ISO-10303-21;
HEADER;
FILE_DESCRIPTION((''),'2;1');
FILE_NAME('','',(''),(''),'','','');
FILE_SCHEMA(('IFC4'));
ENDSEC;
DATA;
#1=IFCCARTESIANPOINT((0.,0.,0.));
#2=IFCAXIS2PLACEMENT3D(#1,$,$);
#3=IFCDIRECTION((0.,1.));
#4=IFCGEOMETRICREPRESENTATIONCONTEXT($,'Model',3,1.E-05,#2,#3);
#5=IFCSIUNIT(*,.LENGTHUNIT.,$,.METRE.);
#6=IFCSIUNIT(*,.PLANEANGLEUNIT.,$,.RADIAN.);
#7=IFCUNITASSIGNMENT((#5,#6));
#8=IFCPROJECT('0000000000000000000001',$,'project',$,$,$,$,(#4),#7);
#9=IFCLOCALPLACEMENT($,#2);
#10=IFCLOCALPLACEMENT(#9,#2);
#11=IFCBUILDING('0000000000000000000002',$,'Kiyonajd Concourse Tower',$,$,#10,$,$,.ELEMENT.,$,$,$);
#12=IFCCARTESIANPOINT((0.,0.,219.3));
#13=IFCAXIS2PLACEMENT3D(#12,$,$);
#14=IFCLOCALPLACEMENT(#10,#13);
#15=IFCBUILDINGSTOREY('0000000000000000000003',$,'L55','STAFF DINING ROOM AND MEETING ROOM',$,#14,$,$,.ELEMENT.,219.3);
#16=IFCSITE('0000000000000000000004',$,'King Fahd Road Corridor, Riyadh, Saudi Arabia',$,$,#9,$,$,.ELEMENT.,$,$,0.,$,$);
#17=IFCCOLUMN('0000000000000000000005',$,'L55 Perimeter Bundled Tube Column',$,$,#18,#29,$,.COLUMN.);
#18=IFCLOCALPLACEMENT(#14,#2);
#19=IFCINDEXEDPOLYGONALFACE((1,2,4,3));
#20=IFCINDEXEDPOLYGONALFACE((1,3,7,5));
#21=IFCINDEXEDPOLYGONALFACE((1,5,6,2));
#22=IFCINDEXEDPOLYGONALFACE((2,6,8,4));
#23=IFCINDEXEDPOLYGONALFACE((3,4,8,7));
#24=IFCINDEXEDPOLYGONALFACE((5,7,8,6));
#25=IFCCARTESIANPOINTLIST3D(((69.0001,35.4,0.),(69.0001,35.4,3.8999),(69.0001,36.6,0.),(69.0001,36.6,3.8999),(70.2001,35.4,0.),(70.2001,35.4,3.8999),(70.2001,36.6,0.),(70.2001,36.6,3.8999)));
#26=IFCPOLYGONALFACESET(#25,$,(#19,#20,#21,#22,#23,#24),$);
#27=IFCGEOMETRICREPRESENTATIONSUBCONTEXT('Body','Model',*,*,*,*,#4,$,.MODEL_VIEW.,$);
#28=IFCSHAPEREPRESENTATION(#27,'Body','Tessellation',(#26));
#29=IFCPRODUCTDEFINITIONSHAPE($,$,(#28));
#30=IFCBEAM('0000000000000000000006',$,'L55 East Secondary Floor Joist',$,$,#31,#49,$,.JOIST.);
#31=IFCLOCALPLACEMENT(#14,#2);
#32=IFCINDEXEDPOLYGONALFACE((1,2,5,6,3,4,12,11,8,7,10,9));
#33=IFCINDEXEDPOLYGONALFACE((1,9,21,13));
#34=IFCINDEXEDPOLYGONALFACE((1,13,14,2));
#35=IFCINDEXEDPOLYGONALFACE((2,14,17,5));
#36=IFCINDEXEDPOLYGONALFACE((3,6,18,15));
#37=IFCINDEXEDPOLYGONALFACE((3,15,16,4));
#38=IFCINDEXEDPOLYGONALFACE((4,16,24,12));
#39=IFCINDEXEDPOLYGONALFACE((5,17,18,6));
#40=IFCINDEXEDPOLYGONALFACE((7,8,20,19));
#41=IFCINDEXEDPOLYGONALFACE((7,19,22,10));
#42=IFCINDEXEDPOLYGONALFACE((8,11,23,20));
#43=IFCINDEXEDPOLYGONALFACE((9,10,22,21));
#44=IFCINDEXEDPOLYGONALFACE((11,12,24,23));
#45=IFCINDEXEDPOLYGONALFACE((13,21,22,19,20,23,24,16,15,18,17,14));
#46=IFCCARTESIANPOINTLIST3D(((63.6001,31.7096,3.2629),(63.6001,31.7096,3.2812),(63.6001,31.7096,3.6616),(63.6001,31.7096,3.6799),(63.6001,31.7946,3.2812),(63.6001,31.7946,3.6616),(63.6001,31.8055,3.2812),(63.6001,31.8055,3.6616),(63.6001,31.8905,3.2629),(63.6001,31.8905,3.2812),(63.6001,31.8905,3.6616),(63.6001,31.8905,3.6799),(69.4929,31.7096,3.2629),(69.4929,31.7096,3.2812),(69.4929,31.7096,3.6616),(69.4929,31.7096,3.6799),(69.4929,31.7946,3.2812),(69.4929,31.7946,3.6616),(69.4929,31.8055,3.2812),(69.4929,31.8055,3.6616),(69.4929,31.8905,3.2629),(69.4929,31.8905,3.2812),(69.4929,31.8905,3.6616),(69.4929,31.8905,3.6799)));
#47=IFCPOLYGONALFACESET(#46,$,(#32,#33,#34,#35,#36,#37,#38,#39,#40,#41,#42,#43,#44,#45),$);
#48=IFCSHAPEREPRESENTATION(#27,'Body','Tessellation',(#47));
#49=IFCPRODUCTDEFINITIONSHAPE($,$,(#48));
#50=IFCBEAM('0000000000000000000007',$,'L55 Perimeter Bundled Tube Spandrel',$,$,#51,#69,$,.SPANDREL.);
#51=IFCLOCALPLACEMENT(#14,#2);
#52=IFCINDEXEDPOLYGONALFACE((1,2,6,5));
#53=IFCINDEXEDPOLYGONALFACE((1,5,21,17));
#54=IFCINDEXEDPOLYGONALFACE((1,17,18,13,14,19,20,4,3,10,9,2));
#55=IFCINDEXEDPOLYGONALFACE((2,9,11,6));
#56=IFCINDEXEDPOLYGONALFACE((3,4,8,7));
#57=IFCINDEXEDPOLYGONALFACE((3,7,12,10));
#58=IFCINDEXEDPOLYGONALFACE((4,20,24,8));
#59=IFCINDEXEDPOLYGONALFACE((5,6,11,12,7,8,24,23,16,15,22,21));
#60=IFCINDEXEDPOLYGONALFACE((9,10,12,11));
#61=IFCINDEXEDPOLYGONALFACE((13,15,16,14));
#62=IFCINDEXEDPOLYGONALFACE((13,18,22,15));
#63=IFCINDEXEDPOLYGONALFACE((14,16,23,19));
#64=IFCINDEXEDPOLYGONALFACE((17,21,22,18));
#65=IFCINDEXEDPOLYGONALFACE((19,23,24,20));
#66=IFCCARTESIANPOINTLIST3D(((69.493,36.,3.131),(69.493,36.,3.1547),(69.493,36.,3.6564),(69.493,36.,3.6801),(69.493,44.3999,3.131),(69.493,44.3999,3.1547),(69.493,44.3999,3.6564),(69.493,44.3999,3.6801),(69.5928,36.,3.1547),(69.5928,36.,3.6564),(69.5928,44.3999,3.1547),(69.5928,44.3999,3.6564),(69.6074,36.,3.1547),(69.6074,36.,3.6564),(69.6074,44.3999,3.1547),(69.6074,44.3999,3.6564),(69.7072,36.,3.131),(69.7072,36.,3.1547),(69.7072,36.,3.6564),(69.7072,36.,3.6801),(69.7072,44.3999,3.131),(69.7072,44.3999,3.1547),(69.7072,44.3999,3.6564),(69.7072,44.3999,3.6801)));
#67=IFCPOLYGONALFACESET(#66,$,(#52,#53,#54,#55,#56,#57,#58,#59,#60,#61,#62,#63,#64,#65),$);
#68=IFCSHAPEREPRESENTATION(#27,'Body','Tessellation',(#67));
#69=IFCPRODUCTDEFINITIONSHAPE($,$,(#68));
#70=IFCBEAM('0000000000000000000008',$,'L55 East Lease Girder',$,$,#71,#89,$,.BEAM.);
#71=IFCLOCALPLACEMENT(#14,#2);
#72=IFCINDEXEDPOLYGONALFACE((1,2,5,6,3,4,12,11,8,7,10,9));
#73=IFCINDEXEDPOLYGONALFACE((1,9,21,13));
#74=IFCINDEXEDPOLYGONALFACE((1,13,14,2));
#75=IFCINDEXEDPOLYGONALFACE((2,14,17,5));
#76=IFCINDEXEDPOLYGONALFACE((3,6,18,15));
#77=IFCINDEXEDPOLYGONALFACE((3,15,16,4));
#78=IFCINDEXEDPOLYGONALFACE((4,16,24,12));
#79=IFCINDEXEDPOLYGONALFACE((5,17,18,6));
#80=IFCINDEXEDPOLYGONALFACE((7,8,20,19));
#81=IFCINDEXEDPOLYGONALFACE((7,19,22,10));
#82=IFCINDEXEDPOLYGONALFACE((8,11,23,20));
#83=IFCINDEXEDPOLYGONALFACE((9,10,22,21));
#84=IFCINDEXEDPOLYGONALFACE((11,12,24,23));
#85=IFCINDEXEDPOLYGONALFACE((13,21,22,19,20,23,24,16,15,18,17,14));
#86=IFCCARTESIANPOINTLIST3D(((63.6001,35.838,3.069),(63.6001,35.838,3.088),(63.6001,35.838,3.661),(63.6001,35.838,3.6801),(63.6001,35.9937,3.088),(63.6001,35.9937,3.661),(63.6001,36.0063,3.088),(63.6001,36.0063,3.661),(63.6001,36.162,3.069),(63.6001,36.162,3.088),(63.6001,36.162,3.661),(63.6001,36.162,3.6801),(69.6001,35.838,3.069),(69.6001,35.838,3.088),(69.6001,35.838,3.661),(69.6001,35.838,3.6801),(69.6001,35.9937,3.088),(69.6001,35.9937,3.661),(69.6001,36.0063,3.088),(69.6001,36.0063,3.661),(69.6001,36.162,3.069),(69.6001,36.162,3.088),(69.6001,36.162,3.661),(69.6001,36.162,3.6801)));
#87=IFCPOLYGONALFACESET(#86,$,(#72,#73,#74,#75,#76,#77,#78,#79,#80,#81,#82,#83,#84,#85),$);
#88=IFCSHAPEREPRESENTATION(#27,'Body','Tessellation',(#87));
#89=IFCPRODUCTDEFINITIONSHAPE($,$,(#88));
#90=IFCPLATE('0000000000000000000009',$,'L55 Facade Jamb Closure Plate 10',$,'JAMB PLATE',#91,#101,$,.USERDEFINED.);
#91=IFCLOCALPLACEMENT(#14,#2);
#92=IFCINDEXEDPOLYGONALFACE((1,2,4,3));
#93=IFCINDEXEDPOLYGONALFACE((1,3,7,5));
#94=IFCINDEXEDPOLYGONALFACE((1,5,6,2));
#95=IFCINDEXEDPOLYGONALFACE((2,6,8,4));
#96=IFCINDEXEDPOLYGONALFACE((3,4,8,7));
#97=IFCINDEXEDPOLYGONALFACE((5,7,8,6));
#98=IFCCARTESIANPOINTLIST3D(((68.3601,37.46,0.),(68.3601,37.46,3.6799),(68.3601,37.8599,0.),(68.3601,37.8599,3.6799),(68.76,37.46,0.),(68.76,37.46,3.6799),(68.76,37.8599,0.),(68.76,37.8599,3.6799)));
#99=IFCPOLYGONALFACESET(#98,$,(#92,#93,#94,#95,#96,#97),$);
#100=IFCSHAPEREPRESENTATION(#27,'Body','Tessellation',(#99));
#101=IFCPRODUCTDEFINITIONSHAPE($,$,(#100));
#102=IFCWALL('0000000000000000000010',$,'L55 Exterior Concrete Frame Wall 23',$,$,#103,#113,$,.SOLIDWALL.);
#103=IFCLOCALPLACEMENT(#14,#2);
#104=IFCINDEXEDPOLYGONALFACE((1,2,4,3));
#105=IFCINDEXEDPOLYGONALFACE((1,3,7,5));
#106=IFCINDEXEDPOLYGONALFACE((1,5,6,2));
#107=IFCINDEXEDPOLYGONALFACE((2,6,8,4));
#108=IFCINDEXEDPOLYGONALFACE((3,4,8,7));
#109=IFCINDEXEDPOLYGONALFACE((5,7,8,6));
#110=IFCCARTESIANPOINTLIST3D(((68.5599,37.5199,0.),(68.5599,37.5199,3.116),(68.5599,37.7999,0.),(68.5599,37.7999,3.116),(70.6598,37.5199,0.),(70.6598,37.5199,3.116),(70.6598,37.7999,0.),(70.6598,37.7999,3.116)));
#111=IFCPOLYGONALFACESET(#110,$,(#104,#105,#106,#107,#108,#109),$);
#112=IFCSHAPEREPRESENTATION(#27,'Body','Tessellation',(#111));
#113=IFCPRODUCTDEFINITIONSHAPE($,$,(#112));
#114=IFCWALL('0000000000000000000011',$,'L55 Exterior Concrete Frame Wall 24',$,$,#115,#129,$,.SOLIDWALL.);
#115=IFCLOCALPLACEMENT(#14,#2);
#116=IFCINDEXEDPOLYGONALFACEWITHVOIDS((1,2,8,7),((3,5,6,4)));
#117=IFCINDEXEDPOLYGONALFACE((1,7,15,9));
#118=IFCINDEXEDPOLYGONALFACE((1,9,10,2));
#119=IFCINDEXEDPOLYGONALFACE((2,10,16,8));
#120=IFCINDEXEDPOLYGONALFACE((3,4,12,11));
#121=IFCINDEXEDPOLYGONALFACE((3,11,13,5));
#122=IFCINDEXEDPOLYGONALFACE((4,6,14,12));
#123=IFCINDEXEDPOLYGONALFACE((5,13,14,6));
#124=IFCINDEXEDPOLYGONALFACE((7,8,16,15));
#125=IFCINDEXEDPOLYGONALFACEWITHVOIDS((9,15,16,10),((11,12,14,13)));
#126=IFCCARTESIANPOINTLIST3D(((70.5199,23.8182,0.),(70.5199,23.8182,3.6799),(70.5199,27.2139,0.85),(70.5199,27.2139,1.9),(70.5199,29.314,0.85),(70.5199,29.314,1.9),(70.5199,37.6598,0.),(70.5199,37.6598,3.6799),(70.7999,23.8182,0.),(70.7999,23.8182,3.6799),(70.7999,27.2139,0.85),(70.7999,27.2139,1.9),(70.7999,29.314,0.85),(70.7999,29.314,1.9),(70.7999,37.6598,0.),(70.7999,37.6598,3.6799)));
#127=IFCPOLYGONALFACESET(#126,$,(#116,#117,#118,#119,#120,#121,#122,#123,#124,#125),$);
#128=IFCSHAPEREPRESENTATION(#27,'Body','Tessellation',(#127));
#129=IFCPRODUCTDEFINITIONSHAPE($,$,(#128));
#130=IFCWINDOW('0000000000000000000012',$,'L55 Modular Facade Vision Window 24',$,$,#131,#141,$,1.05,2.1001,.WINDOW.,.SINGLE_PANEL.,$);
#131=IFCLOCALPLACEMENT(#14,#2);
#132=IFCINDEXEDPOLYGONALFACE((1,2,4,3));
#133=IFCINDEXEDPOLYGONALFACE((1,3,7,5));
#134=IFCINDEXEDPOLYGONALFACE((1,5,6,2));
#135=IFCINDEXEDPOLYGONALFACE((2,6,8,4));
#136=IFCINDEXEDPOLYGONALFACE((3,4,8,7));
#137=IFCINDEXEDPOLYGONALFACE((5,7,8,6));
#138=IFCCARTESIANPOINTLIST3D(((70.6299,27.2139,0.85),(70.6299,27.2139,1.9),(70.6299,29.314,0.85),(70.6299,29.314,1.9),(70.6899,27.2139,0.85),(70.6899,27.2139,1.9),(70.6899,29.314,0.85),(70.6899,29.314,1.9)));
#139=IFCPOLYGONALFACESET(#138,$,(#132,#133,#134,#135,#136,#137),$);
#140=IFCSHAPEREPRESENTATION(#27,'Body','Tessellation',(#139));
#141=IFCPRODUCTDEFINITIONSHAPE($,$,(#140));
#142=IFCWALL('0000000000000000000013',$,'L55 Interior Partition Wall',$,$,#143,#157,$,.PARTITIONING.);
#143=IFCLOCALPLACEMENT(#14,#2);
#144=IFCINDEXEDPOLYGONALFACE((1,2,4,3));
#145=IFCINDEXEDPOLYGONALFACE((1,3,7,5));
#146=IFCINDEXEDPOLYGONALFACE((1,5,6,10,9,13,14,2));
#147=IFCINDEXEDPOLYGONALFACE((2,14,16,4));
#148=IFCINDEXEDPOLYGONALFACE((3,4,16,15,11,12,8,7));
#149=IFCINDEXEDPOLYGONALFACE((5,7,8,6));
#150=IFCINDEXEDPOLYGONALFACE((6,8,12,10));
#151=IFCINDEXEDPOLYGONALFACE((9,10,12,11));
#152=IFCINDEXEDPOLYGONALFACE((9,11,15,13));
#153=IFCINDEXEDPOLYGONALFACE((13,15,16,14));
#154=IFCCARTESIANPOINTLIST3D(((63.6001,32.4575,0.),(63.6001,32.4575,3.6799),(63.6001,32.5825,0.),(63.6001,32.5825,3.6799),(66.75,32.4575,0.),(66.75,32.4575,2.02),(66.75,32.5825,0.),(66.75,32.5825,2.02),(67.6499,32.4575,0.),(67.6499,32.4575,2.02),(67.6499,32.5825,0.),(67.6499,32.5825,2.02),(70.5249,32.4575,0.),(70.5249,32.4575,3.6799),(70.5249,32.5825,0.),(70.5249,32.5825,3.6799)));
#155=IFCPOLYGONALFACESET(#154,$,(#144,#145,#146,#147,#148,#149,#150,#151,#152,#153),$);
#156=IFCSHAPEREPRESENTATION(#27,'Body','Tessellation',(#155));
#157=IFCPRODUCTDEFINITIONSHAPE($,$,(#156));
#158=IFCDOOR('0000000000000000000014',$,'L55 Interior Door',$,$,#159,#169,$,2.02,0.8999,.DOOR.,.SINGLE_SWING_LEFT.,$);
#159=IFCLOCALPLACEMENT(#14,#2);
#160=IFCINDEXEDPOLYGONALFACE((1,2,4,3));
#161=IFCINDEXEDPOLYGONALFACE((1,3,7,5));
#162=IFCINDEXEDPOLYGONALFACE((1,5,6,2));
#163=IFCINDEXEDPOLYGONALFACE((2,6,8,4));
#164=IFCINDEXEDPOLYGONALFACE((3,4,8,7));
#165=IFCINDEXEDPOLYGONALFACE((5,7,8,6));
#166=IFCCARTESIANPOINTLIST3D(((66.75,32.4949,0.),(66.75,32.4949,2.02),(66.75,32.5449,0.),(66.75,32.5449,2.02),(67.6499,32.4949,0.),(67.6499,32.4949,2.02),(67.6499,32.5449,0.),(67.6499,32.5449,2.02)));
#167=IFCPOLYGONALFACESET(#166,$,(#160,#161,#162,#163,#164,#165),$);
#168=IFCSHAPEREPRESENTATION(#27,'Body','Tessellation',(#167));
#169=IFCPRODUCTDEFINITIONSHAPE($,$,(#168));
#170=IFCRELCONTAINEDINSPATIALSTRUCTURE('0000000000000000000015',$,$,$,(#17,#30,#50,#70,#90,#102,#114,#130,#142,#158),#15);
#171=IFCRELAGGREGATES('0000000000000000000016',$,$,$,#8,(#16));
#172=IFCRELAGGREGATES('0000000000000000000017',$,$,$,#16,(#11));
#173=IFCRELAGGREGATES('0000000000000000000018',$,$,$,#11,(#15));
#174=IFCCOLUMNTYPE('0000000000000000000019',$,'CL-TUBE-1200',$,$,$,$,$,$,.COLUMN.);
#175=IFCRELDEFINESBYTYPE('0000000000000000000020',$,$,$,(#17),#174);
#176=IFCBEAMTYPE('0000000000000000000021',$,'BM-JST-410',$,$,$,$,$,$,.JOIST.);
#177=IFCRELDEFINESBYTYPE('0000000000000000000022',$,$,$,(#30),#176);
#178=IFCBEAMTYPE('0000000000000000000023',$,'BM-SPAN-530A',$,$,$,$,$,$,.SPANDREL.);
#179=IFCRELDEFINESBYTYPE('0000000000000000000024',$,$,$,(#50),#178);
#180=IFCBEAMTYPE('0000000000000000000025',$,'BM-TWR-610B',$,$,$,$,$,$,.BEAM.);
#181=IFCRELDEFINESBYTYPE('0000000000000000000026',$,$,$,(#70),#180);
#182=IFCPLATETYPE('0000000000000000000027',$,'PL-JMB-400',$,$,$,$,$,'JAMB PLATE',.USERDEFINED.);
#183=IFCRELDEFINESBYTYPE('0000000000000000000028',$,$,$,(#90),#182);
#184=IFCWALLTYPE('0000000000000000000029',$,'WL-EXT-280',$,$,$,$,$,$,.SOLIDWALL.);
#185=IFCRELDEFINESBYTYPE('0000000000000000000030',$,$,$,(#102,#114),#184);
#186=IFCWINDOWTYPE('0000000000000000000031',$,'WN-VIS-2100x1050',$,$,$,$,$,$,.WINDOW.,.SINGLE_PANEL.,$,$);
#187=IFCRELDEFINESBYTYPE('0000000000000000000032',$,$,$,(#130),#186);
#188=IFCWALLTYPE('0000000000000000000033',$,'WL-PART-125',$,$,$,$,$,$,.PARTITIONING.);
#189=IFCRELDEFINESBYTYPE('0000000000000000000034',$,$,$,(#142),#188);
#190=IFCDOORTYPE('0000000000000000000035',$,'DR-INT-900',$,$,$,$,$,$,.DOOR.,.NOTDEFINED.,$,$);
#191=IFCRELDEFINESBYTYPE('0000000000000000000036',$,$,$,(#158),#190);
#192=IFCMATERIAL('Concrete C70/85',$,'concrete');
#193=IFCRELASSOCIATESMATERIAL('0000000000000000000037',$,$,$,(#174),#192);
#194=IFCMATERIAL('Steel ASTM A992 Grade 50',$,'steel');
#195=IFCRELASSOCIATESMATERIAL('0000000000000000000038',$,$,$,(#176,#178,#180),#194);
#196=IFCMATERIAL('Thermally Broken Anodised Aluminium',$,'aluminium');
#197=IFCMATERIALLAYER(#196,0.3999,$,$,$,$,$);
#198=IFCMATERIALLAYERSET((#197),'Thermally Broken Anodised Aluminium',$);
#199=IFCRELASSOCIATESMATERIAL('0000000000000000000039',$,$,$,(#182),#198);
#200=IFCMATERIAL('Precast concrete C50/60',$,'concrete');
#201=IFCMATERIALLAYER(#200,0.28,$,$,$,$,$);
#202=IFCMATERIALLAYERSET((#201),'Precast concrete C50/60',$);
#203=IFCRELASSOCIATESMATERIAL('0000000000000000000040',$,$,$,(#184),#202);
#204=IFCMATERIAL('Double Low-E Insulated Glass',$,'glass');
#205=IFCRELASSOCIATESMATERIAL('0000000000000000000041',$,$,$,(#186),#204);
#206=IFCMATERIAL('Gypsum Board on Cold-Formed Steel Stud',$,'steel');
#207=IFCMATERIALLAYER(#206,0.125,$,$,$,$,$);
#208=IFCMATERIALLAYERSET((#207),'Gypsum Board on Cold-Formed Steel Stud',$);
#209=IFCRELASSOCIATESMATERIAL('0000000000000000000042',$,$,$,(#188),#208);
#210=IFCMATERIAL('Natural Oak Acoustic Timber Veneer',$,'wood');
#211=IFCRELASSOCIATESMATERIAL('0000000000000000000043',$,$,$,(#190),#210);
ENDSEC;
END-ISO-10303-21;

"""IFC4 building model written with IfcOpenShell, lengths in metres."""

from ifc_helpers import new_model, si_unit, direction, frame, frame_2d, origin, origin_2d, place, context, subcontext, project, spatial, rectangle, i_section, extrude, material, layer, layer_set, material_profile, profile_set, type_object, element, fill, save


model = new_model("IFC4")

# Units and contexts
model_context = context("Model", 3, precision=1e-05, world=origin(), true_north=direction((0.0, 1.0)))
body_context = subcontext(model_context, "Body", "Model", "MODEL_VIEW")
ifc_project = project(units=[si_unit("LENGTHUNIT", "METRE"), si_unit("PLANEANGLEUNIT", "RADIAN")], contexts=[model_context])

# Site, building, storey
site_placement = place(None, origin())
site = spatial("IfcSite", under=ifc_project, at=site_placement, Name="King Fahd Road Corridor, Riyadh, Saudi Arabia", CompositionType="ELEMENT", RefElevation=0.0)
building_placement = place(site_placement, origin())
building = spatial("IfcBuilding", under=site, at=building_placement, Name="Kiyonajd Concourse Tower", CompositionType="ELEMENT")
storey_placement = place(building_placement, frame((0.0, 0.0, 219.3)))
storey = spatial("IfcBuildingStorey", under=building, at=storey_placement, Name="L55", Description="STAFF DINING ROOM AND MEETING ROOM", CompositionType="ELEMENT", Elevation=219.3)

# Column
ifc_material_1 = material(Name="Concrete C70/85", Category="concrete")
ifc_material_profile_1 = material_profile(ifc_material_1, rectangle(XDim=1.2, YDim=1.2, at=origin_2d()), Name="RC-1200x1200")
ifc_profile_set_1 = profile_set([ifc_material_profile_1], Name="Concrete C70/85")
column_type = type_object("IfcColumnType", Name="CL-TUBE-1200", PredefinedType="COLUMN", material=ifc_profile_set_1)
column_placement = place(storey_placement, frame((69.6001, 36.0, 0.0), z_axis=(0.0, 0.0, 1.0), x_axis=(1.0, 0.0, 0.0)))
element("IfcColumn", 1, at=column_placement, inside=storey, type_object=column_type, Name="L55 Perimeter Bundled Tube Column", PredefinedType="COLUMN", context=body_context, shape_type="SweptSolid", body=[
    extrude(rectangle(XDim=1.2, YDim=1.2, at=origin_2d()), origin(), (0.0, 0.0, 1.0), 3.8999),
])

# Beams
ifc_material_2 = material(Name="Steel ASTM A992 Grade 50", Category="steel")
ifc_material_profile_2 = material_profile(ifc_material_2, i_section(OverallWidth=0.1809, OverallDepth=0.417, WebThickness=0.011, FlangeThickness=0.0183, at=origin_2d()), Name="W410X85")
ifc_profile_set_2 = profile_set([ifc_material_profile_2], Name="Steel ASTM A992 Grade 50")
beam_type_1 = type_object("IfcBeamType", Name="BM-JST-410", PredefinedType="JOIST", material=ifc_profile_set_2)
beam_1_placement = place(storey_placement, frame((63.6001, 31.8, 3.4714), z_axis=(1.0, 0.0, 0.0), x_axis=(0.0, 1.0, 0.0)))
element("IfcBeam", 2, at=beam_1_placement, inside=storey, type_object=beam_type_1, Name="L55 East Secondary Floor Joist", PredefinedType="JOIST", context=body_context, shape_type="SweptSolid", body=[
    extrude(i_section(OverallWidth=0.1809, OverallDepth=0.417, WebThickness=0.011, FlangeThickness=0.0183, at=origin_2d()), origin(), (0.0, 0.0, 1.0), 5.8928),
])
ifc_material_profile_3 = material_profile(ifc_material_2, i_section(OverallWidth=0.2141, OverallDepth=0.5491, WebThickness=0.0146, FlangeThickness=0.0237, at=origin_2d()), Name="W530X138")
ifc_profile_set_3 = profile_set([ifc_material_profile_3], Name="Steel ASTM A992 Grade 50")
beam_type_2 = type_object("IfcBeamType", Name="BM-SPAN-530A", PredefinedType="SPANDREL", material=ifc_profile_set_3)
beam_2_placement = place(storey_placement, frame((69.6001, 36.0, 3.4055), z_axis=(0.0, 1.0, 0.0), x_axis=(-1.0, 0.0, 0.0)))
element("IfcBeam", 3, at=beam_2_placement, inside=storey, type_object=beam_type_2, Name="L55 Perimeter Bundled Tube Spandrel", PredefinedType="SPANDREL", context=body_context, shape_type="SweptSolid", body=[
    extrude(i_section(OverallWidth=0.2141, OverallDepth=0.5491, WebThickness=0.0146, FlangeThickness=0.0237, at=origin_2d()), origin(), (0.0, 0.0, 1.0), 8.3999),
])
ifc_material_profile_4 = material_profile(ifc_material_2, i_section(OverallWidth=0.324, OverallDepth=0.6111, WebThickness=0.0127, FlangeThickness=0.019, at=origin_2d()), Name="W610X155")
ifc_profile_set_4 = profile_set([ifc_material_profile_4], Name="Steel ASTM A992 Grade 50")
beam_type_3 = type_object("IfcBeamType", Name="BM-TWR-610B", PredefinedType="BEAM", material=ifc_profile_set_4)
beam_3_placement = place(storey_placement, frame((63.6001, 36.0, 3.3745), z_axis=(1.0, 0.0, 0.0), x_axis=(0.0, 1.0, 0.0)))
element("IfcBeam", 4, at=beam_3_placement, inside=storey, type_object=beam_type_3, Name="L55 East Lease Girder", PredefinedType="BEAM", context=body_context, shape_type="SweptSolid", body=[
    extrude(i_section(OverallWidth=0.324, OverallDepth=0.6111, WebThickness=0.0127, FlangeThickness=0.019, at=origin_2d()), origin(), (0.0, 0.0, 1.0), 6.0),
])

# Plate
ifc_material_3 = material(Name="Thermally Broken Anodised Aluminium", Category="aluminium")
ifc_layer_1 = layer(ifc_material_3, 0.3999)
ifc_layer_set_1 = layer_set([ifc_layer_1], Name="Thermally Broken Anodised Aluminium")
plate_type = type_object("IfcPlateType", Name="PL-JMB-400", ElementType="JAMB PLATE", PredefinedType="USERDEFINED", material=ifc_layer_set_1)
plate_placement = place(storey_placement, frame((68.5601, 37.6599, 0.0), z_axis=(0.0, 0.0, 1.0), x_axis=(1.0, 0.0, 0.0)))
element("IfcPlate", 5, at=plate_placement, inside=storey, type_object=plate_type, Name="L55 Facade Jamb Closure Plate 10", ObjectType="JAMB PLATE", PredefinedType="USERDEFINED", context=body_context, shape_type="SweptSolid", body=[
    extrude(rectangle(XDim=0.3999, YDim=0.3999, at=origin_2d()), origin(), (0.0, 0.0, 1.0), 3.6799),
])

# Wall
ifc_material_4 = material(Name="Precast concrete C50/60", Category="concrete")
ifc_layer_2 = layer(ifc_material_4, 0.28)
ifc_layer_set_2 = layer_set([ifc_layer_2], Name="Precast concrete C50/60")
wall_type_1 = type_object("IfcWallType", Name="WL-EXT-280", PredefinedType="SOLIDWALL", material=ifc_layer_set_2)
wall_1_placement = place(storey_placement, frame((68.5601, 37.6599, 0.0), z_axis=(0.0, 0.0, 1.0), x_axis=(1.0, 0.0, 0.0)))
element("IfcWall", 6, at=wall_1_placement, inside=storey, type_object=wall_type_1, Name="L55 Exterior Concrete Frame Wall 23", PredefinedType="SOLIDWALL", context=body_context, shape_type="SweptSolid", body=[
    extrude(rectangle(XDim=2.0999, YDim=0.28, at=frame_2d((1.0498, 0.0))), origin(), (0.0, 0.0, 1.0), 3.116),
])

# Wall, opening, window
wall_2_placement = place(storey_placement, frame((70.6599, 37.6599, 0.0), z_axis=(0.0, 0.0, 1.0), x_axis=(0.0, -1.0, 0.0)))
wall_2 = element("IfcWall", 7, at=wall_2_placement, inside=storey, type_object=wall_type_1, Name="L55 Exterior Concrete Frame Wall 24", PredefinedType="SOLIDWALL", context=body_context, shape_type="SweptSolid", body=[
    extrude(rectangle(XDim=13.8416, YDim=0.28, at=frame_2d((6.9209, 0.0))), origin(), (0.0, 0.0, 1.0), 3.6799),
])
opening_1_placement = place(wall_2_placement, frame((8.3459, 0.0, 0.8501)))
opening_1 = element("IfcOpeningElement", 8, at=opening_1_placement, cuts=wall_2, PredefinedType="OPENING", context=body_context, shape_type="SweptSolid", body=[
    extrude(rectangle(XDim=2.1001, YDim=1.05, at=frame_2d((1.05, 0.5249))), frame((0.0, 0.1499, 0.0), z_axis=(0.0, -1.0, 0.0), x_axis=(1.0, 0.0, 0.0)), (0.0, 0.0, 1.0), 0.3),
])
ifc_material_5 = material(Name="Double Low-E Insulated Glass", Category="glass")
window_type = type_object("IfcWindowType", Name="WN-VIS-2100x1050", PartitioningType="SINGLE_PANEL", PredefinedType="WINDOW", material=ifc_material_5)
window_placement = place(opening_1_placement, origin())
window = element("IfcWindow", 9, at=window_placement, inside=storey, type_object=window_type, Name="L55 Modular Facade Vision Window 24", OverallHeight=1.05, OverallWidth=2.1001, PartitioningType="SINGLE_PANEL", PredefinedType="WINDOW", context=body_context, shape_type="SweptSolid", body=[
    extrude(rectangle(XDim=2.1001, YDim=1.05, at=frame_2d((1.05, 0.5249))), frame((0.0, 0.03, 0.0), z_axis=(0.0, -1.0, 0.0), x_axis=(1.0, 0.0, 0.0)), (0.0, 0.0, 1.0), 0.0601),
])
fill(opening_1, window)

# Wall, opening, door
ifc_material_6 = material(Name="Gypsum Board on Cold-Formed Steel Stud", Category="steel")
ifc_layer_3 = layer(ifc_material_6, 0.125)
ifc_layer_set_3 = layer_set([ifc_layer_3], Name="Gypsum Board on Cold-Formed Steel Stud")
wall_type_2 = type_object("IfcWallType", Name="WL-PART-125", PredefinedType="PARTITIONING", material=ifc_layer_set_3)
wall_3_placement = place(storey_placement, frame((63.6001, 32.52, 0.0), z_axis=(0.0, 0.0, 1.0), x_axis=(1.0, 0.0, 0.0)))
wall_3 = element("IfcWall", 10, at=wall_3_placement, inside=storey, type_object=wall_type_2, Name="L55 Interior Partition Wall", PredefinedType="PARTITIONING", context=body_context, shape_type="SweptSolid", body=[
    extrude(rectangle(XDim=6.9248, YDim=0.125, at=frame_2d((3.4624, 0.0))), origin(), (0.0, 0.0, 1.0), 3.6799),
])
opening_2_placement = place(wall_3_placement, frame((3.1499, 0.0, 0.0)))
opening_2 = element("IfcOpeningElement", 11, at=opening_2_placement, cuts=wall_3, PredefinedType="OPENING", context=body_context, shape_type="SweptSolid", body=[
    extrude(rectangle(XDim=0.8999, YDim=2.02, at=frame_2d((0.45, 1.01))), frame((0.0, 0.0725, 0.0), z_axis=(0.0, -1.0, 0.0), x_axis=(1.0, 0.0, 0.0)), (0.0, 0.0, 1.0), 0.145),
])
ifc_material_7 = material(Name="Natural Oak Acoustic Timber Veneer", Category="wood")
door_type_1 = type_object("IfcDoorType", Name="DR-INT-900", OperationType="NOTDEFINED", PredefinedType="DOOR", material=ifc_material_7)
door_1_placement = place(opening_2_placement, origin())
door_1 = element("IfcDoor", 12, at=door_1_placement, inside=storey, type_object=door_type_1, Name="L55 Interior Door", OperationType="SINGLE_SWING_LEFT", OverallHeight=2.02, OverallWidth=0.8999, PredefinedType="DOOR", context=body_context, shape_type="SweptSolid", body=[
    extrude(rectangle(XDim=0.8999, YDim=2.02, at=frame_2d((0.45, 1.01))), frame((0.0, 0.0249, 0.0), z_axis=(0.0, -1.0, 0.0), x_axis=(1.0, 0.0, 0.0)), (0.0, 0.0, 1.0), 0.05),
])
fill(opening_2, door_1)

save(model, "model.ifc")
